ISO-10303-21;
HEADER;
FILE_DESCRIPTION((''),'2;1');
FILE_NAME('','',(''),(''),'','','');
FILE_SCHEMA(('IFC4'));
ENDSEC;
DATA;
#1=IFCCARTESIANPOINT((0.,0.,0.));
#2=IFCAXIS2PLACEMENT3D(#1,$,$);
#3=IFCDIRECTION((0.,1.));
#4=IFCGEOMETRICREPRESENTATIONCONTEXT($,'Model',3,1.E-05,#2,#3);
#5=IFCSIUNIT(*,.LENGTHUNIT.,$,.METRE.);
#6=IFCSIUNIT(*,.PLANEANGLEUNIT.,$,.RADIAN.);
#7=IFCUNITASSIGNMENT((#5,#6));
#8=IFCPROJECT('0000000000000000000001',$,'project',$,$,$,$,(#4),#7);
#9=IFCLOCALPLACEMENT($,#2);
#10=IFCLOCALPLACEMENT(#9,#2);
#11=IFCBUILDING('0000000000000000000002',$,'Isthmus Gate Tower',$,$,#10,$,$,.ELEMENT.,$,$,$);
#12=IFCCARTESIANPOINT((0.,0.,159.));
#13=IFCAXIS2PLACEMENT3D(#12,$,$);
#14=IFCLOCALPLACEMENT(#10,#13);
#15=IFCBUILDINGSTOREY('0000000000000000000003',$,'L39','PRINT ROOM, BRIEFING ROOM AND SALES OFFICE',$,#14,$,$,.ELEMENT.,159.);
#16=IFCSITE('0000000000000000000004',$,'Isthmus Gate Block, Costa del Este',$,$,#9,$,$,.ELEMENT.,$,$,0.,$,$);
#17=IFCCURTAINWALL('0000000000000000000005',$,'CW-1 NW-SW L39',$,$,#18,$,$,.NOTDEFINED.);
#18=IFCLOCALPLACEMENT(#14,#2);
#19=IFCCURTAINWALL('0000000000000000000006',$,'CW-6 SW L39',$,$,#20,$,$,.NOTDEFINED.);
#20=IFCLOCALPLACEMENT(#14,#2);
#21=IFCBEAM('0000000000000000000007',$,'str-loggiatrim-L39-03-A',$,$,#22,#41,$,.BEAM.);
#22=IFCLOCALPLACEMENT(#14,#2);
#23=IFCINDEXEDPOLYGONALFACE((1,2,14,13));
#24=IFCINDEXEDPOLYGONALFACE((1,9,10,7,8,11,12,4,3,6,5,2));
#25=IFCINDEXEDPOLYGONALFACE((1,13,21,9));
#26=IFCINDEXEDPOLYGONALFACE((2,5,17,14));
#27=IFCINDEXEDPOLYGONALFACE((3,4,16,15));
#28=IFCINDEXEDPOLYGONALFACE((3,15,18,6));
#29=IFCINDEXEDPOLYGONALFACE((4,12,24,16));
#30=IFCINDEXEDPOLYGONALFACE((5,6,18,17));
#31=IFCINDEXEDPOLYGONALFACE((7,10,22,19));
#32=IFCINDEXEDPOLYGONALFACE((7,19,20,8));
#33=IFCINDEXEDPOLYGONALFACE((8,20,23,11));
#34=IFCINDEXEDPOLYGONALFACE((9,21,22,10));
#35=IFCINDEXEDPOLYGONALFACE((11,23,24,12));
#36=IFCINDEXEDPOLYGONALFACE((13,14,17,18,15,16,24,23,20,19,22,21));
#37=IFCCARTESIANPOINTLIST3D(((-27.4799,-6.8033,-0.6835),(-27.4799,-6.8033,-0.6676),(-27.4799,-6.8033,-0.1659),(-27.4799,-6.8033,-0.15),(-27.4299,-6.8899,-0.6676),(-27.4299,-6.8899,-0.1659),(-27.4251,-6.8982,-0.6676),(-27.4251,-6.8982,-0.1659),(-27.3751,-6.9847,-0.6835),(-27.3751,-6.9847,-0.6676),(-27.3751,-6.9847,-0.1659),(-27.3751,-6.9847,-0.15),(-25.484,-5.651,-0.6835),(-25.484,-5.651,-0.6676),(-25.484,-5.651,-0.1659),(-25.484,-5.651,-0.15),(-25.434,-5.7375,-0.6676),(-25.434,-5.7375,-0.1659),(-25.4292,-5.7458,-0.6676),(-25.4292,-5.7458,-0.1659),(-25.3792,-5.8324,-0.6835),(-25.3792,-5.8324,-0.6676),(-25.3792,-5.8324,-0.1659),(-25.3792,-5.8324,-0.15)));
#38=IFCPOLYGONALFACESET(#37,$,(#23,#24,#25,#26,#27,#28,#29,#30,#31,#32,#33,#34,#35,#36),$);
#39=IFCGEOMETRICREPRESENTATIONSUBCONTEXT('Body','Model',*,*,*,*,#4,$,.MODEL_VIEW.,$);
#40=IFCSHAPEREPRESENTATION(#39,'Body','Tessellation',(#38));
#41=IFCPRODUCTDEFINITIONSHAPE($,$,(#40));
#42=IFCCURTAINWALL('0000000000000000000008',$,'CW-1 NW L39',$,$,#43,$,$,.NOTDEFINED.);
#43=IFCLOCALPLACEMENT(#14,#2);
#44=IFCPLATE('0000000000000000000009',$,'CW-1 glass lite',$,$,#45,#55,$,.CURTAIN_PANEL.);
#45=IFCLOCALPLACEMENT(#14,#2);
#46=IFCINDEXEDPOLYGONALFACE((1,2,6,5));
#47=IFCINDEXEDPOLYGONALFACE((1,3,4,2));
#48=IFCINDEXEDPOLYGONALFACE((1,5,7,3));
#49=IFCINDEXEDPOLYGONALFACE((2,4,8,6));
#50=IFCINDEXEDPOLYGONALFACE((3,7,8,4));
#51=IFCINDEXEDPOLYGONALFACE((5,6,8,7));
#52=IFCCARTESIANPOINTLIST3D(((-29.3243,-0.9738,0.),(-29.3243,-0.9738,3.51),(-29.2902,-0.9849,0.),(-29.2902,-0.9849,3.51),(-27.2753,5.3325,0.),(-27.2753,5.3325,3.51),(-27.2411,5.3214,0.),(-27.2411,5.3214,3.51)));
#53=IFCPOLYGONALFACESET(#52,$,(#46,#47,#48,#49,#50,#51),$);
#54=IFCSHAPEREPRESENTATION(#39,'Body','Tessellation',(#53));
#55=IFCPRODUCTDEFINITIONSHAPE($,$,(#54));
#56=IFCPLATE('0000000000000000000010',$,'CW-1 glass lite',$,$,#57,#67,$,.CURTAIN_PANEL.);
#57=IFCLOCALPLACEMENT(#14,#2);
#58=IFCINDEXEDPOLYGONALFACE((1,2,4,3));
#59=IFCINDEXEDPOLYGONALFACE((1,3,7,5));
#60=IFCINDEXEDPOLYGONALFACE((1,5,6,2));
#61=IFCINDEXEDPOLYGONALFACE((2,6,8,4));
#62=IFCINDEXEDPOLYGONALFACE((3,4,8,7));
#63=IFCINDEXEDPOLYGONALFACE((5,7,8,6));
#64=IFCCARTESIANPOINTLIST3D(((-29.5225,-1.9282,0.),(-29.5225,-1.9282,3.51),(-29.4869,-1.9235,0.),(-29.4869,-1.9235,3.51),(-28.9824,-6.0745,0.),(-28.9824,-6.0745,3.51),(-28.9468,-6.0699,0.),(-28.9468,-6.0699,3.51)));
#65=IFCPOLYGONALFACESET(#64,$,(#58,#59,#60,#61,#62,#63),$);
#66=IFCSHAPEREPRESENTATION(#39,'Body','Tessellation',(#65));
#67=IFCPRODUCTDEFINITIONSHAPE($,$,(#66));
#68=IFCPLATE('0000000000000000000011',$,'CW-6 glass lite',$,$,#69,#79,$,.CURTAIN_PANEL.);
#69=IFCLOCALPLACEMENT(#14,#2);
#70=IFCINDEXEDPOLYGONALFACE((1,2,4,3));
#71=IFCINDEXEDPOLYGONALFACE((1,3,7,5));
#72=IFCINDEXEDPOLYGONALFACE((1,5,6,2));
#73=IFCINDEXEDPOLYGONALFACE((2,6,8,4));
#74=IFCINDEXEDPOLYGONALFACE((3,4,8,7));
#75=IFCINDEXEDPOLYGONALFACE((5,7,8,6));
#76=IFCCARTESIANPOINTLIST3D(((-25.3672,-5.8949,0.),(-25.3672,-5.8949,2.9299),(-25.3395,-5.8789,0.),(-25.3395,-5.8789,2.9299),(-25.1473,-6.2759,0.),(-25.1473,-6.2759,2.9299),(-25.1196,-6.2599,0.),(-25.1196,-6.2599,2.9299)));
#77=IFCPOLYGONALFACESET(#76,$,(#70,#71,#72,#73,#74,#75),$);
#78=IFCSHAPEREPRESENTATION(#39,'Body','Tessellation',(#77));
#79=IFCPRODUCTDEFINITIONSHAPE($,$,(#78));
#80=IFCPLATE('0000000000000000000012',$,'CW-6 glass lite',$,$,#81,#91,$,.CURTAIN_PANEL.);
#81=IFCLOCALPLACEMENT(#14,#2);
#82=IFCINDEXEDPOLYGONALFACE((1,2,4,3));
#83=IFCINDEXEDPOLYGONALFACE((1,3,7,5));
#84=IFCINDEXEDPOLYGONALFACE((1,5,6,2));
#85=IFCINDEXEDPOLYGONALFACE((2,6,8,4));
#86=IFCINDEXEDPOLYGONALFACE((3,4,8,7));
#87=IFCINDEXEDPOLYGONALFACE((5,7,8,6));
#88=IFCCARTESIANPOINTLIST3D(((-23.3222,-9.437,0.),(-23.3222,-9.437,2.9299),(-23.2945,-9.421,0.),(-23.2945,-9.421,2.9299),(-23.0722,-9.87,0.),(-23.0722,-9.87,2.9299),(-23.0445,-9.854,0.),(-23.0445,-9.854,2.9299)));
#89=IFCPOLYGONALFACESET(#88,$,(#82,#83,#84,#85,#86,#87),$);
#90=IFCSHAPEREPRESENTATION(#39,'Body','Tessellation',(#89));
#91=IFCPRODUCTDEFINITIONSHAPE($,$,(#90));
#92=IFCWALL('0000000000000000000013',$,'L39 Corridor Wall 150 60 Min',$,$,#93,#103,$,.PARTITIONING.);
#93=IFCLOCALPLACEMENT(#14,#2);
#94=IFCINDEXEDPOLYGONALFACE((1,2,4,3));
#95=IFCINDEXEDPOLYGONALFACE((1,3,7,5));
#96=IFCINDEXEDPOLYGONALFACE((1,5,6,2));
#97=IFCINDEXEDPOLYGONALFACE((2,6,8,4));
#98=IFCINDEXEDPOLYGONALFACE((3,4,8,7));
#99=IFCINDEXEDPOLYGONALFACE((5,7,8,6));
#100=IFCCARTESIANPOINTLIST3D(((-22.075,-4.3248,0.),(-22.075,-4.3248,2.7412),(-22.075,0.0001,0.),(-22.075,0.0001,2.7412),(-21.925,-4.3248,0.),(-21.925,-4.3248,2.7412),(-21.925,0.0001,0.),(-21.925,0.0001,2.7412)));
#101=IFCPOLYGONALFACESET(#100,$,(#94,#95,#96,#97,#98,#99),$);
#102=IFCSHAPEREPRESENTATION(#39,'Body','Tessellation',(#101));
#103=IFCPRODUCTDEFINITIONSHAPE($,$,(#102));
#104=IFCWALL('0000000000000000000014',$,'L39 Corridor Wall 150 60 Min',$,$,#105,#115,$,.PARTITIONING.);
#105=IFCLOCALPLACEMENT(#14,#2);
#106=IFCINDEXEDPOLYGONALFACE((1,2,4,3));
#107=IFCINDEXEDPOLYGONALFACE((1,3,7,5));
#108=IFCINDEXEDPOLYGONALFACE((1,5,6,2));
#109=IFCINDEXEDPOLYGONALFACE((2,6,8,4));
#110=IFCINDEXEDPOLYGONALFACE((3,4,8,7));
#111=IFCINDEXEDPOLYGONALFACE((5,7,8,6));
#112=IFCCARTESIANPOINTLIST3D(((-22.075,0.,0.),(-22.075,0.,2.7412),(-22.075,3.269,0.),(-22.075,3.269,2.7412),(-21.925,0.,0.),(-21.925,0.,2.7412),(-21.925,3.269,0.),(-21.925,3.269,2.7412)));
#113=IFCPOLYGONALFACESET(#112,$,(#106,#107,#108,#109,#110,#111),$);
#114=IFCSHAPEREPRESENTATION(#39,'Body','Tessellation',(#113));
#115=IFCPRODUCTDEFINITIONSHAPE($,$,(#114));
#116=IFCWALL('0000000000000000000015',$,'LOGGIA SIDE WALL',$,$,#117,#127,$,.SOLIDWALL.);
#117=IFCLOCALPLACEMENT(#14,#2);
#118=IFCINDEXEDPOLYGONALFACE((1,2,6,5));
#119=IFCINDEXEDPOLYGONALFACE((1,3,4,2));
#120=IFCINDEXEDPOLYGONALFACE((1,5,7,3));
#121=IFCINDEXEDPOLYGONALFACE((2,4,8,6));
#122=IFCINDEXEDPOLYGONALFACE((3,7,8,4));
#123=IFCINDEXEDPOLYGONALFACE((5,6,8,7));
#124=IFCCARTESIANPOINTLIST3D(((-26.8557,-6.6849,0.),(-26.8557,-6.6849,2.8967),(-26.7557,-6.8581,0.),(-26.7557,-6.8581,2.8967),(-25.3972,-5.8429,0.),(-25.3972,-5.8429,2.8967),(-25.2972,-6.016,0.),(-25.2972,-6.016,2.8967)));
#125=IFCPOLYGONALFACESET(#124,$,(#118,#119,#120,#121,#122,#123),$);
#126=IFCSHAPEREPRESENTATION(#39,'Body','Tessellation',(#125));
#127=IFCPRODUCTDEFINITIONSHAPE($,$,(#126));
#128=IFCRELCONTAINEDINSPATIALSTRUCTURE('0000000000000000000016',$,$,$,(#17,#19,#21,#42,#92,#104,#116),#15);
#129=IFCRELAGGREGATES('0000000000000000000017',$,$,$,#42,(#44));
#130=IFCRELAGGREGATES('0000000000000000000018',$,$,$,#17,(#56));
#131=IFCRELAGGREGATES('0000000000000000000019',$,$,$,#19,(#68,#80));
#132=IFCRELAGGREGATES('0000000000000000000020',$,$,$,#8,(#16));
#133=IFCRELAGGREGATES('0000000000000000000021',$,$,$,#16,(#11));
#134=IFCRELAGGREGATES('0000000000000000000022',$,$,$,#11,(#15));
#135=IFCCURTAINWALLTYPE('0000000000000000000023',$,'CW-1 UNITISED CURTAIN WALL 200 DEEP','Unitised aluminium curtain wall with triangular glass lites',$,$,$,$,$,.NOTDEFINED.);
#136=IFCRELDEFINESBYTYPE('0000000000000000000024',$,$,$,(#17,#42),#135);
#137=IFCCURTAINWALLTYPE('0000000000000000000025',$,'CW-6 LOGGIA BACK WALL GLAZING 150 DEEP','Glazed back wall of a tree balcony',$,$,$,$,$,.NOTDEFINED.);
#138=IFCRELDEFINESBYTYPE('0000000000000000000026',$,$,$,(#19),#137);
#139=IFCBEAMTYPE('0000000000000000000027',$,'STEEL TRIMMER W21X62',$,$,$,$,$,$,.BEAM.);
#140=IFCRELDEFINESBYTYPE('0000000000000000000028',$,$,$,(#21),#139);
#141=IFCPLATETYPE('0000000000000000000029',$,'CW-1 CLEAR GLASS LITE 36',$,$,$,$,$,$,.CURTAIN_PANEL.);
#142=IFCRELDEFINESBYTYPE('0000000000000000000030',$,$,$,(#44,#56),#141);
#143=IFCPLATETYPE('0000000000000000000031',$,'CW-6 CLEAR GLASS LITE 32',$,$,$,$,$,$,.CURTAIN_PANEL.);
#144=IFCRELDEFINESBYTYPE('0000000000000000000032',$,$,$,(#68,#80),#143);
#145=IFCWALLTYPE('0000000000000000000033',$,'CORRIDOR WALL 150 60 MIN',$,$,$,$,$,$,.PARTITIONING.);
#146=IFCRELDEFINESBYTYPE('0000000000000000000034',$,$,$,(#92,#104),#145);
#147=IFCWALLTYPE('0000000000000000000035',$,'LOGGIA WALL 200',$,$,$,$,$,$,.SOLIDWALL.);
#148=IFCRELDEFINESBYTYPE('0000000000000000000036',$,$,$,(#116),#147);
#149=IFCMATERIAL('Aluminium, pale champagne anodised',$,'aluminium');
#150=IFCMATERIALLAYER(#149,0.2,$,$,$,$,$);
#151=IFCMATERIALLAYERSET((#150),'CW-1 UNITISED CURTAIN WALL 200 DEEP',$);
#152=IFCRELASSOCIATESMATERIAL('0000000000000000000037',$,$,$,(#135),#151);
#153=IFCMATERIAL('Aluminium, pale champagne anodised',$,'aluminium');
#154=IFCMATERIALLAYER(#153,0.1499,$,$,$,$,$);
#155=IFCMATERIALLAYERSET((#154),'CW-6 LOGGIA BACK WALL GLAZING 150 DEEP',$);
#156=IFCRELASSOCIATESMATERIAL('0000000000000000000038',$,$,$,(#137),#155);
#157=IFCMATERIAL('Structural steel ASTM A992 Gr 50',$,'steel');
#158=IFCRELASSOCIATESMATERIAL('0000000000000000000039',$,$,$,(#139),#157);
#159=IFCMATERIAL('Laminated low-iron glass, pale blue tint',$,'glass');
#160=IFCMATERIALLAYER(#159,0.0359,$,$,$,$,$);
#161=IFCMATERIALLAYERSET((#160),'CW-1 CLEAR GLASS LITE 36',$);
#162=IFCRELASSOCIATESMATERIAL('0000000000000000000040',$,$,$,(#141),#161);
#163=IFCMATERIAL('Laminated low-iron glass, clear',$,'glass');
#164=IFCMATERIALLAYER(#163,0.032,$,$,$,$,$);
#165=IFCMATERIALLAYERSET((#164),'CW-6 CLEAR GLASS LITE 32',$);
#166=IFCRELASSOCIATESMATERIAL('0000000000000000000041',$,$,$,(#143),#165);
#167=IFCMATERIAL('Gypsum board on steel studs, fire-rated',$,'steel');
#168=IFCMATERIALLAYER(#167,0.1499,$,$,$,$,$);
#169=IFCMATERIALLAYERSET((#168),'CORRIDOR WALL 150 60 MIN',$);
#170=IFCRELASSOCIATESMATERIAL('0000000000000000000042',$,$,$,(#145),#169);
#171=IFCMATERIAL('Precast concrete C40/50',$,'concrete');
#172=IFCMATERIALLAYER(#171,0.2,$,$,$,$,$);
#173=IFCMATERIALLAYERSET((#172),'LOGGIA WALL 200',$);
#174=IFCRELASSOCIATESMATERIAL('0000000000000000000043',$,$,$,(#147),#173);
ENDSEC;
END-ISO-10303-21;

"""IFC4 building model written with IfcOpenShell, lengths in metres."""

from ifc_helpers import new_model, si_unit, direction, frame, frame_2d, origin, origin_2d, place, context, subcontext, project, spatial, rectangle, i_section, extrude, material, layer, layer_set, material_profile, profile_set, type_object, element, aggregate, save


model = new_model("IFC4")

# Units and contexts
model_context = context("Model", 3, precision=1e-05, world=origin(), true_north=direction((0.0, 1.0)))
body_context = subcontext(model_context, "Body", "Model", "MODEL_VIEW")
ifc_project = project(units=[si_unit("LENGTHUNIT", "METRE"), si_unit("PLANEANGLEUNIT", "RADIAN")], contexts=[model_context])

# Site, building, storey
site_placement = place(None, origin())
site = spatial("IfcSite", under=ifc_project, at=site_placement, Name="Isthmus Gate Block, Costa del Este", CompositionType="ELEMENT", RefElevation=0.0)
building_placement = place(site_placement, origin())
building = spatial("IfcBuilding", under=site, at=building_placement, Name="Isthmus Gate Tower", CompositionType="ELEMENT")
storey_placement = place(building_placement, frame((0.0, 0.0, 159.0)))
storey = spatial("IfcBuildingStorey", under=building, at=storey_placement, Name="L39", Description="PRINT ROOM, BRIEFING ROOM AND SALES OFFICE", CompositionType="ELEMENT", Elevation=159.0)

# Curtain walls
ifc_material_1 = material(Name="Aluminium, pale champagne anodised", Category="aluminium")
ifc_layer_1 = layer(ifc_material_1, 0.2)
ifc_layer_set_1 = layer_set([ifc_layer_1], Name="CW-1 UNITISED CURTAIN WALL 200 DEEP")
curtain_wall_type_1 = type_object("IfcCurtainWallType", Name="CW-1 UNITISED CURTAIN WALL 200 DEEP", Description="Unitised aluminium curtain wall with triangular glass lites", PredefinedType="NOTDEFINED", material=ifc_layer_set_1)
curtain_wall_1_placement = place(storey_placement, origin())
curtain_wall_1 = element("IfcCurtainWall", 1, at=curtain_wall_1_placement, inside=storey, type_object=curtain_wall_type_1, Name="CW-1 NW-SW L39", PredefinedType="NOTDEFINED")
ifc_material_2 = material(Name="Aluminium, pale champagne anodised", Category="aluminium")
ifc_layer_2 = layer(ifc_material_2, 0.1499)
ifc_layer_set_2 = layer_set([ifc_layer_2], Name="CW-6 LOGGIA BACK WALL GLAZING 150 DEEP")
curtain_wall_type_2 = type_object("IfcCurtainWallType", Name="CW-6 LOGGIA BACK WALL GLAZING 150 DEEP", Description="Glazed back wall of a tree balcony", PredefinedType="NOTDEFINED", material=ifc_layer_set_2)
curtain_wall_2_placement = place(storey_placement, origin())
curtain_wall_2 = element("IfcCurtainWall", 2, at=curtain_wall_2_placement, inside=storey, type_object=curtain_wall_type_2, Name="CW-6 SW L39", PredefinedType="NOTDEFINED")

# Beam
ifc_material_3 = material(Name="Structural steel ASTM A992 Gr 50", Category="steel")
ifc_material_profile_1 = material_profile(ifc_material_3, i_section(OverallWidth=0.2095, OverallDepth=0.5334, WebThickness=0.0095, FlangeThickness=0.0159, at=origin_2d()), Name="W21X62")
ifc_profile_set_1 = profile_set([ifc_material_profile_1], Name="Structural steel ASTM A992 Gr 50")
beam_type_1 = type_object("IfcBeamType", Name="STEEL TRIMMER W21X62", PredefinedType="BEAM", material=ifc_profile_set_1)
beam_1_placement = place(storey_placement, frame((-27.4275, -6.894, -0.4167), z_axis=(0.866018, 0.500013, 0.0), x_axis=(-0.500013, 0.866018, 0.0)))
element("IfcBeam", 3, at=beam_1_placement, inside=storey, type_object=beam_type_1, Name="str-loggiatrim-L39-03-A", PredefinedType="BEAM", context=body_context, shape_type="SweptSolid", body=[
    extrude(i_section(OverallWidth=0.2095, OverallDepth=0.5334, WebThickness=0.0095, FlangeThickness=0.0159, at=origin_2d()), origin(), (0.0, 0.0, 1.0), 2.3047),
])

# Curtain wall, plate
curtain_wall_3_placement = place(storey_placement, origin())
curtain_wall_3 = element("IfcCurtainWall", 4, at=curtain_wall_3_placement, inside=storey, type_object=curtain_wall_type_1, Name="CW-1 NW L39", PredefinedType="NOTDEFINED")
ifc_material_4 = material(Name="Laminated low-iron glass, pale blue tint", Category="glass")
ifc_layer_3 = layer(ifc_material_4, 0.0359)
ifc_layer_set_3 = layer_set([ifc_layer_3], Name="CW-1 CLEAR GLASS LITE 36")
plate_type_1 = type_object("IfcPlateType", Name="CW-1 CLEAR GLASS LITE 36", PredefinedType="CURTAIN_PANEL", material=ifc_layer_set_3)
plate_1_placement = place(storey_placement, frame((-28.2827, 2.1738, 0.0), z_axis=(0.0, 0.0, 1.0), x_axis=(-0.309017, -0.951057, 0.0)))
plate_1 = element("IfcPlate", 5, at=plate_1_placement, type_object=plate_type_1, Name="CW-1 glass lite", PredefinedType="CURTAIN_PANEL", context=body_context, shape_type="SweptSolid", body=[
    extrude(rectangle(XDim=6.6309, YDim=0.0359, at=origin_2d()), origin(), (0.0, 0.0, 1.0), 3.51),
])
aggregate(curtain_wall_3, [plate_1])

# Plates
plate_2_placement = place(storey_placement, frame((-29.2346, -3.999, 0.0), z_axis=(0.0, 0.0, 1.0), x_axis=(0.129165, -0.991623, 0.0)))
plate_2 = element("IfcPlate", 6, at=plate_2_placement, type_object=plate_type_1, Name="CW-1 glass lite", PredefinedType="CURTAIN_PANEL", context=body_context, shape_type="SweptSolid", body=[
    extrude(rectangle(XDim=4.1814, YDim=0.0359, at=origin_2d()), origin(), (0.0, 0.0, 1.0), 3.51),
])
aggregate(curtain_wall_1, [plate_2])
ifc_material_5 = material(Name="Laminated low-iron glass, clear", Category="glass")
ifc_layer_4 = layer(ifc_material_5, 0.032)
ifc_layer_set_4 = layer_set([ifc_layer_4], Name="CW-6 CLEAR GLASS LITE 32")
plate_type_2 = type_object("IfcPlateType", Name="CW-6 CLEAR GLASS LITE 32", PredefinedType="CURTAIN_PANEL", material=ifc_layer_set_4)
plate_3_placement = place(storey_placement, frame((-25.2434, -6.0774, 0.0), z_axis=(0.0, 0.0, 1.0), x_axis=(0.5, -0.866025, 0.0)))
plate_3 = element("IfcPlate", 7, at=plate_3_placement, type_object=plate_type_2, Name="CW-6 glass lite", PredefinedType="CURTAIN_PANEL", context=body_context, shape_type="SweptSolid", body=[
    extrude(rectangle(XDim=0.4399, YDim=0.032, at=origin_2d()), origin(), (0.0, 0.0, 1.0), 2.9299),
])
plate_4_placement = place(storey_placement, frame((-23.1833, -9.6455, 0.0), z_axis=(0.0, 0.0, 1.0), x_axis=(0.5, -0.866025, 0.0)))
plate_4 = element("IfcPlate", 8, at=plate_4_placement, type_object=plate_type_2, Name="CW-6 glass lite", PredefinedType="CURTAIN_PANEL", context=body_context, shape_type="SweptSolid", body=[
    extrude(rectangle(XDim=0.5, YDim=0.032, at=origin_2d()), origin(), (0.0, 0.0, 1.0), 2.9299),
])
aggregate(curtain_wall_2, [plate_3, plate_4])

# Walls
ifc_material_6 = material(Name="Gypsum board on steel studs, fire-rated", Category="steel")
ifc_layer_5 = layer(ifc_material_6, 0.1499)
ifc_layer_set_5 = layer_set([ifc_layer_5], Name="CORRIDOR WALL 150 60 MIN")
wall_type_1 = type_object("IfcWallType", Name="CORRIDOR WALL 150 60 MIN", PredefinedType="PARTITIONING", material=ifc_layer_set_5)
wall_1_placement = place(storey_placement, frame((-22.0, -4.325, 0.0), z_axis=(0.0, 0.0, 1.0), x_axis=(0.0, 1.0, 0.0)))
element("IfcWall", 9, at=wall_1_placement, inside=storey, type_object=wall_type_1, Name="L39 Corridor Wall 150 60 Min", PredefinedType="PARTITIONING", context=body_context, shape_type="SweptSolid", body=[
    extrude(rectangle(XDim=4.325, YDim=0.1499, at=frame_2d((2.1626, 0.0))), origin(), (0.0, 0.0, 1.0), 2.7412),
])
wall_2_placement = place(storey_placement, frame((-22.0, 0.0, 0.0), z_axis=(0.0, 0.0, 1.0), x_axis=(0.0, 1.0, 0.0)))
element("IfcWall", 10, at=wall_2_placement, inside=storey, type_object=wall_type_1, Name="L39 Corridor Wall 150 60 Min", PredefinedType="PARTITIONING", context=body_context, shape_type="SweptSolid", body=[
    extrude(rectangle(XDim=3.269, YDim=0.1499, at=frame_2d((1.6345, 0.0))), origin(), (0.0, 0.0, 1.0), 2.7412),
])

# Shared definitions
ifc_material_7 = material(Name="Precast concrete C40/50", Category="concrete")
ifc_layer_6 = layer(ifc_material_7, 0.2)
ifc_layer_set_6 = layer_set([ifc_layer_6], Name="LOGGIA WALL 200")
wall_type_2 = type_object("IfcWallType", Name="LOGGIA WALL 200", PredefinedType="SOLIDWALL", material=ifc_layer_set_6)

# Wall
wall_3_placement = place(storey_placement, frame((-26.8057, -6.7715, 0.0), z_axis=(0.0, 0.0, 1.0), x_axis=(0.866031, 0.49999, 0.0)))
element("IfcWall", 11, at=wall_3_placement, inside=storey, type_object=wall_type_2, Name="LOGGIA SIDE WALL", PredefinedType="SOLIDWALL", context=body_context, shape_type="SweptSolid", body=[
    extrude(rectangle(XDim=1.6841, YDim=0.2, at=frame_2d((0.842, 0.0))), origin(), (0.0, 0.0, 1.0), 2.8967),
])

save(model, "model.ifc")
